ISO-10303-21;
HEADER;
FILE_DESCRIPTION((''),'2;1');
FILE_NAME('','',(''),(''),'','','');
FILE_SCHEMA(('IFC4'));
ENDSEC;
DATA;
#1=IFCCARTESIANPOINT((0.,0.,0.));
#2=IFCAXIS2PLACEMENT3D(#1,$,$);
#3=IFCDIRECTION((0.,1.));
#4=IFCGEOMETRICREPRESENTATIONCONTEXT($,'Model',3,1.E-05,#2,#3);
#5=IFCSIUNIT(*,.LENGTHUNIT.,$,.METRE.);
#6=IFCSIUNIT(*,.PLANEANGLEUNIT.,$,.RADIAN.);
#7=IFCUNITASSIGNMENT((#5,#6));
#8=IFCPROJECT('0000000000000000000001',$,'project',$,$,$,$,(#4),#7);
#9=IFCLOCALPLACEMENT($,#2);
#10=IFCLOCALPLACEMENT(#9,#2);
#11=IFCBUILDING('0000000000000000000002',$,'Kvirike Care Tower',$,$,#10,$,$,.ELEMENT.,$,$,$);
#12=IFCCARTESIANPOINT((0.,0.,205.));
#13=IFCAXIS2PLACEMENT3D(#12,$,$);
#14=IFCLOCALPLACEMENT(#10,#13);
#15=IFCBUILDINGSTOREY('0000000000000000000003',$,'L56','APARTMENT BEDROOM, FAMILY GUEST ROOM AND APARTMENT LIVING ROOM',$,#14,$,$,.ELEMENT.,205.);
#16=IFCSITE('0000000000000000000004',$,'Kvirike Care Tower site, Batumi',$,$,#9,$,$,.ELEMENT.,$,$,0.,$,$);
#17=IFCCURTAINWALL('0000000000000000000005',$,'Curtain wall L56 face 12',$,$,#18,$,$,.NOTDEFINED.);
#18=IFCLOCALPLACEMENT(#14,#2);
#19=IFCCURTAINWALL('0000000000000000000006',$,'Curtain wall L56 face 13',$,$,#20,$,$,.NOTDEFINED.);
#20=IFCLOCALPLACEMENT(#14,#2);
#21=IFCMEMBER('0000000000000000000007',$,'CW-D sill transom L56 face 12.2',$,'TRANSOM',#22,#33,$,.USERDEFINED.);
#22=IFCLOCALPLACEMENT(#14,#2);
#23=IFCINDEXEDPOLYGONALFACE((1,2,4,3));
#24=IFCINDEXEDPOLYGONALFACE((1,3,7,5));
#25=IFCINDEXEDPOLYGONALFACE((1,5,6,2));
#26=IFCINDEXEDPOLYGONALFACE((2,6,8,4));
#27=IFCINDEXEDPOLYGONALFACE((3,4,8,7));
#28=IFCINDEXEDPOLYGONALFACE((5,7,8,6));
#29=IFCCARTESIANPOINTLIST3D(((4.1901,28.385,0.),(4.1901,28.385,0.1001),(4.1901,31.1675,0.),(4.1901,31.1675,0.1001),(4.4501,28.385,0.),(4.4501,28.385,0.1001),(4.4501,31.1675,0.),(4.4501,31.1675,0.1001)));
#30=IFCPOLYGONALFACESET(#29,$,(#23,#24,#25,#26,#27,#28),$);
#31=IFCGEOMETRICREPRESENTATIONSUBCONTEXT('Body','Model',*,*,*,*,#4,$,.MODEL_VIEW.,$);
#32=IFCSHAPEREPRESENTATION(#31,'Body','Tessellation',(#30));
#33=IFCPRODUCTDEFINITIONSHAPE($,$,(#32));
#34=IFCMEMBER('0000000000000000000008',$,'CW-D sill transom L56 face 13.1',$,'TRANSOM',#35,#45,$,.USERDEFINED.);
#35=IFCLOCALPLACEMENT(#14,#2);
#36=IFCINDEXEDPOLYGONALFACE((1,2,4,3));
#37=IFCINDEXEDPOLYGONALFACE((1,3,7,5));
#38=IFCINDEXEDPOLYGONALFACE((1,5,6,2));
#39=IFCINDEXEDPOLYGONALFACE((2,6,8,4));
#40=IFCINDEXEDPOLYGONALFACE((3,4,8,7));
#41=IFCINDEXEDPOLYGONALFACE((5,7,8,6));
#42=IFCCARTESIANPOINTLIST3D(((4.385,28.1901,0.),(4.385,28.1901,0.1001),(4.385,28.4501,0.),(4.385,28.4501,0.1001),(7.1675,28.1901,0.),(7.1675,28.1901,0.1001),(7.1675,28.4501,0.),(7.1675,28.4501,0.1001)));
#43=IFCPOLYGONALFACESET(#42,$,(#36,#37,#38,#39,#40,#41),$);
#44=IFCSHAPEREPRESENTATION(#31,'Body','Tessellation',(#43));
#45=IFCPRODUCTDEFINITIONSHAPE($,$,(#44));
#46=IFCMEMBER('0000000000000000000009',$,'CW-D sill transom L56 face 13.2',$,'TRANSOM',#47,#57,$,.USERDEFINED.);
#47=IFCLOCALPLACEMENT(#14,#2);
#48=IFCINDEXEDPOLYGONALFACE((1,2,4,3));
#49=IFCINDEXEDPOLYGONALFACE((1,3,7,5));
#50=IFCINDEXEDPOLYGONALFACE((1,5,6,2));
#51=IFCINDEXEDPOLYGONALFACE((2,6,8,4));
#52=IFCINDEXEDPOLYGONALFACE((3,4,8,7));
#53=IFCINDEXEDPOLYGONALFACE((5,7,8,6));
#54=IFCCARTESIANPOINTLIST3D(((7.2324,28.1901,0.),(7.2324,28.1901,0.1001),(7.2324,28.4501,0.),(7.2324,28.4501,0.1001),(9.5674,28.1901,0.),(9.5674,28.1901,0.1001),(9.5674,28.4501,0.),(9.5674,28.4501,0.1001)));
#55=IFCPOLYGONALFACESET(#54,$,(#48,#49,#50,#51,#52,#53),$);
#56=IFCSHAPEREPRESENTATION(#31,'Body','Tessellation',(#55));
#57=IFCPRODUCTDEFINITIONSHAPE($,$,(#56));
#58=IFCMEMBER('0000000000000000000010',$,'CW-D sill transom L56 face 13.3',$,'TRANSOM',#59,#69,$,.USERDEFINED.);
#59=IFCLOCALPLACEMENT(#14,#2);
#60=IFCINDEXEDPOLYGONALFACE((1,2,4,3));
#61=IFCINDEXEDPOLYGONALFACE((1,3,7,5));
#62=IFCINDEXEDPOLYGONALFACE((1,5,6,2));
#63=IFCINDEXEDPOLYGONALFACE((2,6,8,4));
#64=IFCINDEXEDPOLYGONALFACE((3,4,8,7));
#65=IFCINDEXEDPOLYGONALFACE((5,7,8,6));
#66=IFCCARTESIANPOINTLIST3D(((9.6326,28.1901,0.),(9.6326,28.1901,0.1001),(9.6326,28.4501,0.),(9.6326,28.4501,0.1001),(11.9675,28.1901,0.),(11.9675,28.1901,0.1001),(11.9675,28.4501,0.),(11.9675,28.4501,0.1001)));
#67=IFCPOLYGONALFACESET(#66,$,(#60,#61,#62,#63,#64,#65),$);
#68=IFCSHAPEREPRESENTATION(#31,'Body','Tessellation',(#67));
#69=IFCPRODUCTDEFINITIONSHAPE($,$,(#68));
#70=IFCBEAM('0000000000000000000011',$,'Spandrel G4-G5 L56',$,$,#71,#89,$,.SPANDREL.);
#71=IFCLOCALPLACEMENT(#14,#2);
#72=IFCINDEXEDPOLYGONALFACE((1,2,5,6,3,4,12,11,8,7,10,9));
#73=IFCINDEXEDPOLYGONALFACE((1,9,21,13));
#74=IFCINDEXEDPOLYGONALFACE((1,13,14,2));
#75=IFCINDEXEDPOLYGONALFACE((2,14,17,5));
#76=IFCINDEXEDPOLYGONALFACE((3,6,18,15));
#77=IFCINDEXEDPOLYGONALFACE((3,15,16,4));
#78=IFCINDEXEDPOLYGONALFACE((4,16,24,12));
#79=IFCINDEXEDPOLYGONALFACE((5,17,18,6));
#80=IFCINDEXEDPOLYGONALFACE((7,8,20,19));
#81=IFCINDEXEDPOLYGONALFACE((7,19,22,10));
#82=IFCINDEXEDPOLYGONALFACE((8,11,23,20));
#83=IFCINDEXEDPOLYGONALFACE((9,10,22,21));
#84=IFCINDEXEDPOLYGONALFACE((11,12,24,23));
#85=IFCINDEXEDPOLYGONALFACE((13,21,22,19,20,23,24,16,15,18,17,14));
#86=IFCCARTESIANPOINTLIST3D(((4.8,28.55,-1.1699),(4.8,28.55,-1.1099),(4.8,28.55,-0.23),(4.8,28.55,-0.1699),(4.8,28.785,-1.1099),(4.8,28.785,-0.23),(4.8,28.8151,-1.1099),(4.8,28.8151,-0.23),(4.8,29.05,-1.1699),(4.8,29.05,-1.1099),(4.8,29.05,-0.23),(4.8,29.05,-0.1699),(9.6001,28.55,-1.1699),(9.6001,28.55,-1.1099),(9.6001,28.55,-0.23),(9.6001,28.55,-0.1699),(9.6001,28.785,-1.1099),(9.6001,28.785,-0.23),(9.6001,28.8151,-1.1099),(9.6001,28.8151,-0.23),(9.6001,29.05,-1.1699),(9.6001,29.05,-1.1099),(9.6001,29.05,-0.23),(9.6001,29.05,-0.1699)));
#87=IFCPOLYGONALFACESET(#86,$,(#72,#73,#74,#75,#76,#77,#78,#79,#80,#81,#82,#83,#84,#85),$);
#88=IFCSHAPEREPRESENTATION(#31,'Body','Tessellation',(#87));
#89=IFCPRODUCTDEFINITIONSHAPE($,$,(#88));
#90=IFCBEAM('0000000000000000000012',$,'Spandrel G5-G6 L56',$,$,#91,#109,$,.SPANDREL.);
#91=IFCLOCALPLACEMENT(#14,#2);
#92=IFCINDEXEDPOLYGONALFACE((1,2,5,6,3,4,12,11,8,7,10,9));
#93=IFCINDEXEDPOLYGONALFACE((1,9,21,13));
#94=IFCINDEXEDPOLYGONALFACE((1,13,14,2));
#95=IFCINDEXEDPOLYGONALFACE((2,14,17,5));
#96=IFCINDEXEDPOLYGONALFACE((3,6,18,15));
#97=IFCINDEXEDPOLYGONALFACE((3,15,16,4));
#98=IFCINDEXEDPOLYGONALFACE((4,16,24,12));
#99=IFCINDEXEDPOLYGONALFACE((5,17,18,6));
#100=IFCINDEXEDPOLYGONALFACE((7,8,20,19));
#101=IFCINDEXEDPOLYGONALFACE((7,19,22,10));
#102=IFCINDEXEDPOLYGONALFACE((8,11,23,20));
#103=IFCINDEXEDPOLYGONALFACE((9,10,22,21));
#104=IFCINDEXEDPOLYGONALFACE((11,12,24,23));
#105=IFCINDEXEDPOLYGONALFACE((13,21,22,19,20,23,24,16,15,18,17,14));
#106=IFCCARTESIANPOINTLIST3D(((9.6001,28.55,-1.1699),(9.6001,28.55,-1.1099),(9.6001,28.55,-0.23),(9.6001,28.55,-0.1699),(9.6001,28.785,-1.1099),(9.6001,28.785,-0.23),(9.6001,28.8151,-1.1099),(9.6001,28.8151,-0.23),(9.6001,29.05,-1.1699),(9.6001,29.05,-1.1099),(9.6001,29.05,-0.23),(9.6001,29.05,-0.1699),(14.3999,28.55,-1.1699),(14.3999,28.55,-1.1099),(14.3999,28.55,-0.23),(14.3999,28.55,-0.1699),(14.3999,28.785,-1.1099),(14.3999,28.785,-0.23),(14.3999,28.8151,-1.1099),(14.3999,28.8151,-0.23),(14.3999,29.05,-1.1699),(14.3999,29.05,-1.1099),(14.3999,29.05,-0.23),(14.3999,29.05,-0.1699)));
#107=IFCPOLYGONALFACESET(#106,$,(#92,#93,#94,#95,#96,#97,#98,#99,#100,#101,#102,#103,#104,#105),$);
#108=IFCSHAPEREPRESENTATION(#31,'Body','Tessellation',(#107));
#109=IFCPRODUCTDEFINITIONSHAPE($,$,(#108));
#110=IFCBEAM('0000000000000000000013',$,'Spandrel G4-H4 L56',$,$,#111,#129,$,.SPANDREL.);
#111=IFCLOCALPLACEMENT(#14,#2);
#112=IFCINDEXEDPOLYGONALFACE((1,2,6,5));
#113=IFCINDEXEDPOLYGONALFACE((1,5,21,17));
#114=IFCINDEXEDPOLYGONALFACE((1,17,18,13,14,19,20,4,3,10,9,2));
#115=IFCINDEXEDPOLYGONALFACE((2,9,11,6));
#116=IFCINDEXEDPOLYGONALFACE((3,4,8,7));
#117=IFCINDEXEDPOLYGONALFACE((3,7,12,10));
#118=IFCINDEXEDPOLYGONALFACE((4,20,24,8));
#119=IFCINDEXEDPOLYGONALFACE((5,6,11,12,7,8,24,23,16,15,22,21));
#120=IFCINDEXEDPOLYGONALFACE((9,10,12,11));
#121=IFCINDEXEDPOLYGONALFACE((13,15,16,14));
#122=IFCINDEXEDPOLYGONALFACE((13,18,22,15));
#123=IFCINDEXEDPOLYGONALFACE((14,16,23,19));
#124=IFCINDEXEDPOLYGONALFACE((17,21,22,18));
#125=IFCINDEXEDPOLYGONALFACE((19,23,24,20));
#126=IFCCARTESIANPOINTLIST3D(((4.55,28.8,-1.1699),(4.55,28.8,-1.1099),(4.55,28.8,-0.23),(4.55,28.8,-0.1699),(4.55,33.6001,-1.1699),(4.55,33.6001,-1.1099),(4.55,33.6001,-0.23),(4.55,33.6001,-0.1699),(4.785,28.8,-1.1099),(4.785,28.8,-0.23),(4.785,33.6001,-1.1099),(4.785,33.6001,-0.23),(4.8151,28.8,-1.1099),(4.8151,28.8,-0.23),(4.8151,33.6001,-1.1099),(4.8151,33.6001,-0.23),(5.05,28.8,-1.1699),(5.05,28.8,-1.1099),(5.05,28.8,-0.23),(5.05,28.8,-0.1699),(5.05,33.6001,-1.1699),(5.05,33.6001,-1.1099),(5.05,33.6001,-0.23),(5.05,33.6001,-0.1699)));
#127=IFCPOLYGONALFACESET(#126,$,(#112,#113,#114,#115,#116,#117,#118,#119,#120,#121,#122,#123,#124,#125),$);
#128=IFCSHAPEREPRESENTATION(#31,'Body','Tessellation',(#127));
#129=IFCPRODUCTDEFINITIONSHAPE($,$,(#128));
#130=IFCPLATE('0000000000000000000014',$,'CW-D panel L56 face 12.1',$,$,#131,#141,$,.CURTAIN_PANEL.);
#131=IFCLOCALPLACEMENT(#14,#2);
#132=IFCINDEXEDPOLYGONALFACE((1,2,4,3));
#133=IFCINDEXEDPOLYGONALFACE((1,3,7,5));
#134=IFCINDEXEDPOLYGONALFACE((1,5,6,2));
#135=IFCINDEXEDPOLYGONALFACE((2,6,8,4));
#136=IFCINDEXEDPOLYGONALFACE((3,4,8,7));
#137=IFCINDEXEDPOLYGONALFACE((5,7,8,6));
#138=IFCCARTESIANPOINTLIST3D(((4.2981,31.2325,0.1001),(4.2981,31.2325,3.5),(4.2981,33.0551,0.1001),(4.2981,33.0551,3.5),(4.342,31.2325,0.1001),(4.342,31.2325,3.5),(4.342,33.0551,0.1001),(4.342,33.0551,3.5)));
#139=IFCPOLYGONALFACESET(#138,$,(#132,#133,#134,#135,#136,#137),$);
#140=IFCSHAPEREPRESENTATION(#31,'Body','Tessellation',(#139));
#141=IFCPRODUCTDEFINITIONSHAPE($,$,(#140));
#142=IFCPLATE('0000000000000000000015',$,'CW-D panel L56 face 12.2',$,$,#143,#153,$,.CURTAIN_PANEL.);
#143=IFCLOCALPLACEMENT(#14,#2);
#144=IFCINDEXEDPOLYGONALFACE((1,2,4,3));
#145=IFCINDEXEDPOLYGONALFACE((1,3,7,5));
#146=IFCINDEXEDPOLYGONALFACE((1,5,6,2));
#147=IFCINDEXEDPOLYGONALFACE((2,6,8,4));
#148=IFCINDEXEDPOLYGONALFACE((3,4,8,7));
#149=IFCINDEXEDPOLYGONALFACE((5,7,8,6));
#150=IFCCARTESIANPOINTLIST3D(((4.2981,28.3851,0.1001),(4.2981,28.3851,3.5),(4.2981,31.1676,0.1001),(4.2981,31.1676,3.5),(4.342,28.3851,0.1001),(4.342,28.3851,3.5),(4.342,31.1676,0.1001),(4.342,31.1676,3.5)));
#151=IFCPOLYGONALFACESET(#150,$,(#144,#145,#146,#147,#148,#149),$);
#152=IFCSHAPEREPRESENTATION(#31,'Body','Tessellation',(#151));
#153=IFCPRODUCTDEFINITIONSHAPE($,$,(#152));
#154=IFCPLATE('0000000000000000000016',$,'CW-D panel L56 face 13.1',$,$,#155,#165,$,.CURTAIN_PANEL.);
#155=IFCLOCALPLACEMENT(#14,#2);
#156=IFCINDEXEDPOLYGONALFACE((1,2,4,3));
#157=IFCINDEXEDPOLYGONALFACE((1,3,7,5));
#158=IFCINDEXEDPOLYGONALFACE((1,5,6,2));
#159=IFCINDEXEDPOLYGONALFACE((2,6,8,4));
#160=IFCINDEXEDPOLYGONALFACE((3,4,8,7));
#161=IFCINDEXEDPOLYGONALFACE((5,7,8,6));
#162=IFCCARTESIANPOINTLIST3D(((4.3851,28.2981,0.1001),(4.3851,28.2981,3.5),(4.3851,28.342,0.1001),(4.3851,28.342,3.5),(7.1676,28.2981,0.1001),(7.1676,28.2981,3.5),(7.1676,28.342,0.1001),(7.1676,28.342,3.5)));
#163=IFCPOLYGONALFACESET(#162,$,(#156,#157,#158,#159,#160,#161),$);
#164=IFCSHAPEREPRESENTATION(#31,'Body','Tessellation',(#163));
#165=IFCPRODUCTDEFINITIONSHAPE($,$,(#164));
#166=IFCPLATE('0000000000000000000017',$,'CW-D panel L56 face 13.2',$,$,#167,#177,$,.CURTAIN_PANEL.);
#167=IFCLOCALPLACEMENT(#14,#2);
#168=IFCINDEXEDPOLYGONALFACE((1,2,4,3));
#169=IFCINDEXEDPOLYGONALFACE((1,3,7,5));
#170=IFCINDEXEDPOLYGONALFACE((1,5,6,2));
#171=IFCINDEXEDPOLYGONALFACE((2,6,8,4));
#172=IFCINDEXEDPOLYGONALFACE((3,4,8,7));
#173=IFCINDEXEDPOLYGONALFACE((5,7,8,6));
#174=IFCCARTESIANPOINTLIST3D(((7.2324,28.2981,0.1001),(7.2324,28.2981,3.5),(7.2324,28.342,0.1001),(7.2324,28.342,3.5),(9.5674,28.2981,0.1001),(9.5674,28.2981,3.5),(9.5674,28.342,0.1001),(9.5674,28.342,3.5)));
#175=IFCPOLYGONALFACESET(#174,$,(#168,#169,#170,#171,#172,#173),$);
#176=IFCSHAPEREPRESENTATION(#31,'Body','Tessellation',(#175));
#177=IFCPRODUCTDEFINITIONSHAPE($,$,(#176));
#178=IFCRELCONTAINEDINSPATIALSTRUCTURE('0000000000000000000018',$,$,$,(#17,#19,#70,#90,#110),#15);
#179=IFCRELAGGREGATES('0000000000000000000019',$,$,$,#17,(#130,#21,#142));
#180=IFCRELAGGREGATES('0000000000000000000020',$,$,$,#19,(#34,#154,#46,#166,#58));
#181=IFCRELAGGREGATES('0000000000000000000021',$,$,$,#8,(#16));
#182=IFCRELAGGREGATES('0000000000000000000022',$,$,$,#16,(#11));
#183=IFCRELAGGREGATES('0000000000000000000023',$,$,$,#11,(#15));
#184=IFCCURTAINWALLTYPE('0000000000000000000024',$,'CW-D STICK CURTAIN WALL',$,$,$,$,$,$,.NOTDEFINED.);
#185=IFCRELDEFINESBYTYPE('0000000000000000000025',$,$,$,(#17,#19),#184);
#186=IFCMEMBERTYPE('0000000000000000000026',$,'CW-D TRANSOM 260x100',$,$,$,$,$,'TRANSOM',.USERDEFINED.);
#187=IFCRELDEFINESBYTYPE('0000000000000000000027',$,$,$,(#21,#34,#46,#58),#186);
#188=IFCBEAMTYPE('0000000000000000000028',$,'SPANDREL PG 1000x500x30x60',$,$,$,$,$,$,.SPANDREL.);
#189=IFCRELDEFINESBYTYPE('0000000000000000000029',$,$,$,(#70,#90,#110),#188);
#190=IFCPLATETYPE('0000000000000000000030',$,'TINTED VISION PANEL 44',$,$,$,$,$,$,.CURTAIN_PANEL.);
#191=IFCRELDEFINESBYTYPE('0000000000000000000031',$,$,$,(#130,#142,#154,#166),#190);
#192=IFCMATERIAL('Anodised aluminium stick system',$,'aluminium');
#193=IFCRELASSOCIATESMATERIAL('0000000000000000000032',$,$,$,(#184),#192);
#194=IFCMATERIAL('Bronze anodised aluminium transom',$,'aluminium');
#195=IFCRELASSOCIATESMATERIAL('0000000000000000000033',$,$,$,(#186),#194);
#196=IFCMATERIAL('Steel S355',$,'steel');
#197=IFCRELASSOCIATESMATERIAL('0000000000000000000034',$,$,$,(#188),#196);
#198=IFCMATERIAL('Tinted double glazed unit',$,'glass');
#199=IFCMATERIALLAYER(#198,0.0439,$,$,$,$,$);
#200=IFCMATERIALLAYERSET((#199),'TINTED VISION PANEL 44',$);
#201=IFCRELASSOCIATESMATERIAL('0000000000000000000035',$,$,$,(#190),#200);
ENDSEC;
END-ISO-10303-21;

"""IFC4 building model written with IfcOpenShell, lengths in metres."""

from ifc_helpers import new_model, si_unit, direction, frame, origin, origin_2d, place, context, subcontext, project, spatial, rectangle, i_section, extrude, material, layer, layer_set, material_profile, profile_set, type_object, element, aggregate, save


model = new_model("IFC4")

# Units and contexts
model_context = context("Model", 3, precision=1e-05, world=origin(), true_north=direction((0.0, 1.0)))
body_context = subcontext(model_context, "Body", "Model", "MODEL_VIEW")
ifc_project = project(units=[si_unit("LENGTHUNIT", "METRE"), si_unit("PLANEANGLEUNIT", "RADIAN")], contexts=[model_context])

# Site, building, storey
site_placement = place(None, origin())
site = spatial("IfcSite", under=ifc_project, at=site_placement, Name="Kvirike Care Tower site, Batumi", CompositionType="ELEMENT", RefElevation=0.0)
building_placement = place(site_placement, origin())
building = spatial("IfcBuilding", under=site, at=building_placement, Name="Kvirike Care Tower", CompositionType="ELEMENT")
storey_placement = place(building_placement, frame((0.0, 0.0, 205.0)))
storey = spatial("IfcBuildingStorey", under=building, at=storey_placement, Name="L56", Description="APARTMENT BEDROOM, FAMILY GUEST ROOM AND APARTMENT LIVING ROOM", CompositionType="ELEMENT", Elevation=205.0)

# Curtain walls
ifc_material_1 = material(Name="Anodised aluminium stick system", Category="aluminium")
curtain_wall_type = type_object("IfcCurtainWallType", Name="CW-D STICK CURTAIN WALL", PredefinedType="NOTDEFINED", material=ifc_material_1)
curtain_wall_1_placement = place(storey_placement, origin())
curtain_wall_1 = element("IfcCurtainWall", 1, at=curtain_wall_1_placement, inside=storey, type_object=curtain_wall_type, Name="Curtain wall L56 face 12", PredefinedType="NOTDEFINED")
curtain_wall_2_placement = place(storey_placement, origin())
curtain_wall_2 = element("IfcCurtainWall", 2, at=curtain_wall_2_placement, inside=storey, type_object=curtain_wall_type, Name="Curtain wall L56 face 13", PredefinedType="NOTDEFINED")

# Members
ifc_material_2 = material(Name="Bronze anodised aluminium transom", Category="aluminium")
ifc_material_profile_1 = material_profile(ifc_material_2, rectangle(XDim=0.26, YDim=0.1001, at=origin_2d()), Name="CW-D TRANSOM 260x100")
ifc_profile_set_1 = profile_set([ifc_material_profile_1], Name="Bronze anodised aluminium transom")
member_type_1 = type_object("IfcMemberType", Name="CW-D TRANSOM 260x100", ElementType="TRANSOM", PredefinedType="USERDEFINED", material=ifc_profile_set_1)
member_1_placement = place(storey_placement, frame((4.3201, 31.1675, 0.05), z_axis=(0.0, -1.0, 0.0), x_axis=(1.0, 0.0, 0.0)))
member_1 = element("IfcMember", 3, at=member_1_placement, type_object=member_type_1, Name="CW-D sill transom L56 face 12.2", ObjectType="TRANSOM", PredefinedType="USERDEFINED", context=body_context, shape_type="SweptSolid", body=[
    extrude(rectangle(XDim=0.26, YDim=0.1001, at=origin_2d()), origin(), (0.0, 0.0, 1.0), 2.7825),
])
member_2_placement = place(storey_placement, frame((4.385, 28.3201, 0.05), z_axis=(1.0, 0.0, 0.0), x_axis=(0.0, 1.0, 0.0)))
member_2 = element("IfcMember", 4, at=member_2_placement, type_object=member_type_1, Name="CW-D sill transom L56 face 13.1", ObjectType="TRANSOM", PredefinedType="USERDEFINED", context=body_context, shape_type="SweptSolid", body=[
    extrude(rectangle(XDim=0.26, YDim=0.1001, at=origin_2d()), origin(), (0.0, 0.0, 1.0), 2.7825),
])
member_3_placement = place(storey_placement, frame((7.2324, 28.3201, 0.05), z_axis=(1.0, 0.0, 0.0), x_axis=(0.0, 1.0, 0.0)))
member_3 = element("IfcMember", 5, at=member_3_placement, type_object=member_type_1, Name="CW-D sill transom L56 face 13.2", ObjectType="TRANSOM", PredefinedType="USERDEFINED", context=body_context, shape_type="SweptSolid", body=[
    extrude(rectangle(XDim=0.26, YDim=0.1001, at=origin_2d()), origin(), (0.0, 0.0, 1.0), 2.335),
])
member_4_placement = place(storey_placement, frame((9.6326, 28.3201, 0.05), z_axis=(1.0, 0.0, 0.0), x_axis=(0.0, 1.0, 0.0)))
member_4 = element("IfcMember", 6, at=member_4_placement, type_object=member_type_1, Name="CW-D sill transom L56 face 13.3", ObjectType="TRANSOM", PredefinedType="USERDEFINED", context=body_context, shape_type="SweptSolid", body=[
    extrude(rectangle(XDim=0.26, YDim=0.1001, at=origin_2d()), origin(), (0.0, 0.0, 1.0), 2.335),
])

# Beams
ifc_material_3 = material(Name="Steel S355", Category="steel")
ifc_material_profile_2 = material_profile(ifc_material_3, i_section(OverallWidth=0.5, OverallDepth=1.0, WebThickness=0.03, FlangeThickness=0.0601, at=origin_2d()), Name="PG 1000x500x30x60")
ifc_profile_set_2 = profile_set([ifc_material_profile_2], Name="Steel S355")
beam_type = type_object("IfcBeamType", Name="SPANDREL PG 1000x500x30x60", PredefinedType="SPANDREL", material=ifc_profile_set_2)
beam_1_placement = place(storey_placement, frame((4.8, 28.8, -0.6699), z_axis=(1.0, 0.0, 0.0), x_axis=(0.0, 1.0, 0.0)))
element("IfcBeam", 7, at=beam_1_placement, inside=storey, type_object=beam_type, Name="Spandrel G4-G5 L56", PredefinedType="SPANDREL", context=body_context, shape_type="SweptSolid", body=[
    extrude(i_section(OverallWidth=0.5, OverallDepth=1.0, WebThickness=0.03, FlangeThickness=0.0601, at=origin_2d()), origin(), (0.0, 0.0, 1.0), 4.8),
])
beam_2_placement = place(storey_placement, frame((9.6001, 28.8, -0.6699), z_axis=(1.0, 0.0, 0.0), x_axis=(0.0, 1.0, 0.0)))
element("IfcBeam", 8, at=beam_2_placement, inside=storey, type_object=beam_type, Name="Spandrel G5-G6 L56", PredefinedType="SPANDREL", context=body_context, shape_type="SweptSolid", body=[
    extrude(i_section(OverallWidth=0.5, OverallDepth=1.0, WebThickness=0.03, FlangeThickness=0.0601, at=origin_2d()), origin(), (0.0, 0.0, 1.0), 4.7998),
])
beam_3_placement = place(storey_placement, frame((4.8, 28.8, -0.6699), z_axis=(0.0, 1.0, 0.0), x_axis=(-1.0, 0.0, 0.0)))
element("IfcBeam", 9, at=beam_3_placement, inside=storey, type_object=beam_type, Name="Spandrel G4-H4 L56", PredefinedType="SPANDREL", context=body_context, shape_type="SweptSolid", body=[
    extrude(i_section(OverallWidth=0.5, OverallDepth=1.0, WebThickness=0.03, FlangeThickness=0.0601, at=origin_2d()), origin(), (0.0, 0.0, 1.0), 4.8),
])

# Plates
ifc_material_4 = material(Name="Tinted double glazed unit", Category="glass")
ifc_layer_1 = layer(ifc_material_4, 0.0439)
ifc_layer_set_1 = layer_set([ifc_layer_1], Name="TINTED VISION PANEL 44")
plate_type = type_object("IfcPlateType", Name="TINTED VISION PANEL 44", PredefinedType="CURTAIN_PANEL", material=ifc_layer_set_1)
plate_1_placement = place(storey_placement, frame((4.3201, 32.1438, 0.1001), z_axis=(0.0, 0.0, 1.0), x_axis=(0.0, -1.0, 0.0)))
plate_1 = element("IfcPlate", 10, at=plate_1_placement, type_object=plate_type, Name="CW-D panel L56 face 12.1", PredefinedType="CURTAIN_PANEL", context=body_context, shape_type="SweptSolid", body=[
    extrude(rectangle(XDim=1.8225, YDim=0.0439, at=origin_2d()), origin(), (0.0, 0.0, 1.0), 3.3999),
])
plate_2_placement = place(storey_placement, frame((4.3201, 29.7764, 0.1001), z_axis=(0.0, 0.0, 1.0), x_axis=(0.0, -1.0, 0.0)))
plate_2 = element("IfcPlate", 11, at=plate_2_placement, type_object=plate_type, Name="CW-D panel L56 face 12.2", PredefinedType="CURTAIN_PANEL", context=body_context, shape_type="SweptSolid", body=[
    extrude(rectangle(XDim=2.7825, YDim=0.0439, at=origin_2d()), origin(), (0.0, 0.0, 1.0), 3.3999),
])
aggregate(curtain_wall_1, [plate_1, member_1, plate_2])
plate_3_placement = place(storey_placement, frame((5.7764, 28.3201, 0.1001), z_axis=(0.0, 0.0, 1.0), x_axis=(1.0, 0.0, 0.0)))
plate_3 = element("IfcPlate", 12, at=plate_3_placement, type_object=plate_type, Name="CW-D panel L56 face 13.1", PredefinedType="CURTAIN_PANEL", context=body_context, shape_type="SweptSolid", body=[
    extrude(rectangle(XDim=2.7825, YDim=0.0439, at=origin_2d()), origin(), (0.0, 0.0, 1.0), 3.3999),
])
plate_4_placement = place(storey_placement, frame((8.3999, 28.3201, 0.1001), z_axis=(0.0, 0.0, 1.0), x_axis=(1.0, 0.0, 0.0)))
plate_4 = element("IfcPlate", 13, at=plate_4_placement, type_object=plate_type, Name="CW-D panel L56 face 13.2", PredefinedType="CURTAIN_PANEL", context=body_context, shape_type="SweptSolid", body=[
    extrude(rectangle(XDim=2.335, YDim=0.0439, at=origin_2d()), origin(), (0.0, 0.0, 1.0), 3.3999),
])
aggregate(curtain_wall_2, [member_2, plate_3, member_3, plate_4, member_4])

save(model, "model.ifc")
